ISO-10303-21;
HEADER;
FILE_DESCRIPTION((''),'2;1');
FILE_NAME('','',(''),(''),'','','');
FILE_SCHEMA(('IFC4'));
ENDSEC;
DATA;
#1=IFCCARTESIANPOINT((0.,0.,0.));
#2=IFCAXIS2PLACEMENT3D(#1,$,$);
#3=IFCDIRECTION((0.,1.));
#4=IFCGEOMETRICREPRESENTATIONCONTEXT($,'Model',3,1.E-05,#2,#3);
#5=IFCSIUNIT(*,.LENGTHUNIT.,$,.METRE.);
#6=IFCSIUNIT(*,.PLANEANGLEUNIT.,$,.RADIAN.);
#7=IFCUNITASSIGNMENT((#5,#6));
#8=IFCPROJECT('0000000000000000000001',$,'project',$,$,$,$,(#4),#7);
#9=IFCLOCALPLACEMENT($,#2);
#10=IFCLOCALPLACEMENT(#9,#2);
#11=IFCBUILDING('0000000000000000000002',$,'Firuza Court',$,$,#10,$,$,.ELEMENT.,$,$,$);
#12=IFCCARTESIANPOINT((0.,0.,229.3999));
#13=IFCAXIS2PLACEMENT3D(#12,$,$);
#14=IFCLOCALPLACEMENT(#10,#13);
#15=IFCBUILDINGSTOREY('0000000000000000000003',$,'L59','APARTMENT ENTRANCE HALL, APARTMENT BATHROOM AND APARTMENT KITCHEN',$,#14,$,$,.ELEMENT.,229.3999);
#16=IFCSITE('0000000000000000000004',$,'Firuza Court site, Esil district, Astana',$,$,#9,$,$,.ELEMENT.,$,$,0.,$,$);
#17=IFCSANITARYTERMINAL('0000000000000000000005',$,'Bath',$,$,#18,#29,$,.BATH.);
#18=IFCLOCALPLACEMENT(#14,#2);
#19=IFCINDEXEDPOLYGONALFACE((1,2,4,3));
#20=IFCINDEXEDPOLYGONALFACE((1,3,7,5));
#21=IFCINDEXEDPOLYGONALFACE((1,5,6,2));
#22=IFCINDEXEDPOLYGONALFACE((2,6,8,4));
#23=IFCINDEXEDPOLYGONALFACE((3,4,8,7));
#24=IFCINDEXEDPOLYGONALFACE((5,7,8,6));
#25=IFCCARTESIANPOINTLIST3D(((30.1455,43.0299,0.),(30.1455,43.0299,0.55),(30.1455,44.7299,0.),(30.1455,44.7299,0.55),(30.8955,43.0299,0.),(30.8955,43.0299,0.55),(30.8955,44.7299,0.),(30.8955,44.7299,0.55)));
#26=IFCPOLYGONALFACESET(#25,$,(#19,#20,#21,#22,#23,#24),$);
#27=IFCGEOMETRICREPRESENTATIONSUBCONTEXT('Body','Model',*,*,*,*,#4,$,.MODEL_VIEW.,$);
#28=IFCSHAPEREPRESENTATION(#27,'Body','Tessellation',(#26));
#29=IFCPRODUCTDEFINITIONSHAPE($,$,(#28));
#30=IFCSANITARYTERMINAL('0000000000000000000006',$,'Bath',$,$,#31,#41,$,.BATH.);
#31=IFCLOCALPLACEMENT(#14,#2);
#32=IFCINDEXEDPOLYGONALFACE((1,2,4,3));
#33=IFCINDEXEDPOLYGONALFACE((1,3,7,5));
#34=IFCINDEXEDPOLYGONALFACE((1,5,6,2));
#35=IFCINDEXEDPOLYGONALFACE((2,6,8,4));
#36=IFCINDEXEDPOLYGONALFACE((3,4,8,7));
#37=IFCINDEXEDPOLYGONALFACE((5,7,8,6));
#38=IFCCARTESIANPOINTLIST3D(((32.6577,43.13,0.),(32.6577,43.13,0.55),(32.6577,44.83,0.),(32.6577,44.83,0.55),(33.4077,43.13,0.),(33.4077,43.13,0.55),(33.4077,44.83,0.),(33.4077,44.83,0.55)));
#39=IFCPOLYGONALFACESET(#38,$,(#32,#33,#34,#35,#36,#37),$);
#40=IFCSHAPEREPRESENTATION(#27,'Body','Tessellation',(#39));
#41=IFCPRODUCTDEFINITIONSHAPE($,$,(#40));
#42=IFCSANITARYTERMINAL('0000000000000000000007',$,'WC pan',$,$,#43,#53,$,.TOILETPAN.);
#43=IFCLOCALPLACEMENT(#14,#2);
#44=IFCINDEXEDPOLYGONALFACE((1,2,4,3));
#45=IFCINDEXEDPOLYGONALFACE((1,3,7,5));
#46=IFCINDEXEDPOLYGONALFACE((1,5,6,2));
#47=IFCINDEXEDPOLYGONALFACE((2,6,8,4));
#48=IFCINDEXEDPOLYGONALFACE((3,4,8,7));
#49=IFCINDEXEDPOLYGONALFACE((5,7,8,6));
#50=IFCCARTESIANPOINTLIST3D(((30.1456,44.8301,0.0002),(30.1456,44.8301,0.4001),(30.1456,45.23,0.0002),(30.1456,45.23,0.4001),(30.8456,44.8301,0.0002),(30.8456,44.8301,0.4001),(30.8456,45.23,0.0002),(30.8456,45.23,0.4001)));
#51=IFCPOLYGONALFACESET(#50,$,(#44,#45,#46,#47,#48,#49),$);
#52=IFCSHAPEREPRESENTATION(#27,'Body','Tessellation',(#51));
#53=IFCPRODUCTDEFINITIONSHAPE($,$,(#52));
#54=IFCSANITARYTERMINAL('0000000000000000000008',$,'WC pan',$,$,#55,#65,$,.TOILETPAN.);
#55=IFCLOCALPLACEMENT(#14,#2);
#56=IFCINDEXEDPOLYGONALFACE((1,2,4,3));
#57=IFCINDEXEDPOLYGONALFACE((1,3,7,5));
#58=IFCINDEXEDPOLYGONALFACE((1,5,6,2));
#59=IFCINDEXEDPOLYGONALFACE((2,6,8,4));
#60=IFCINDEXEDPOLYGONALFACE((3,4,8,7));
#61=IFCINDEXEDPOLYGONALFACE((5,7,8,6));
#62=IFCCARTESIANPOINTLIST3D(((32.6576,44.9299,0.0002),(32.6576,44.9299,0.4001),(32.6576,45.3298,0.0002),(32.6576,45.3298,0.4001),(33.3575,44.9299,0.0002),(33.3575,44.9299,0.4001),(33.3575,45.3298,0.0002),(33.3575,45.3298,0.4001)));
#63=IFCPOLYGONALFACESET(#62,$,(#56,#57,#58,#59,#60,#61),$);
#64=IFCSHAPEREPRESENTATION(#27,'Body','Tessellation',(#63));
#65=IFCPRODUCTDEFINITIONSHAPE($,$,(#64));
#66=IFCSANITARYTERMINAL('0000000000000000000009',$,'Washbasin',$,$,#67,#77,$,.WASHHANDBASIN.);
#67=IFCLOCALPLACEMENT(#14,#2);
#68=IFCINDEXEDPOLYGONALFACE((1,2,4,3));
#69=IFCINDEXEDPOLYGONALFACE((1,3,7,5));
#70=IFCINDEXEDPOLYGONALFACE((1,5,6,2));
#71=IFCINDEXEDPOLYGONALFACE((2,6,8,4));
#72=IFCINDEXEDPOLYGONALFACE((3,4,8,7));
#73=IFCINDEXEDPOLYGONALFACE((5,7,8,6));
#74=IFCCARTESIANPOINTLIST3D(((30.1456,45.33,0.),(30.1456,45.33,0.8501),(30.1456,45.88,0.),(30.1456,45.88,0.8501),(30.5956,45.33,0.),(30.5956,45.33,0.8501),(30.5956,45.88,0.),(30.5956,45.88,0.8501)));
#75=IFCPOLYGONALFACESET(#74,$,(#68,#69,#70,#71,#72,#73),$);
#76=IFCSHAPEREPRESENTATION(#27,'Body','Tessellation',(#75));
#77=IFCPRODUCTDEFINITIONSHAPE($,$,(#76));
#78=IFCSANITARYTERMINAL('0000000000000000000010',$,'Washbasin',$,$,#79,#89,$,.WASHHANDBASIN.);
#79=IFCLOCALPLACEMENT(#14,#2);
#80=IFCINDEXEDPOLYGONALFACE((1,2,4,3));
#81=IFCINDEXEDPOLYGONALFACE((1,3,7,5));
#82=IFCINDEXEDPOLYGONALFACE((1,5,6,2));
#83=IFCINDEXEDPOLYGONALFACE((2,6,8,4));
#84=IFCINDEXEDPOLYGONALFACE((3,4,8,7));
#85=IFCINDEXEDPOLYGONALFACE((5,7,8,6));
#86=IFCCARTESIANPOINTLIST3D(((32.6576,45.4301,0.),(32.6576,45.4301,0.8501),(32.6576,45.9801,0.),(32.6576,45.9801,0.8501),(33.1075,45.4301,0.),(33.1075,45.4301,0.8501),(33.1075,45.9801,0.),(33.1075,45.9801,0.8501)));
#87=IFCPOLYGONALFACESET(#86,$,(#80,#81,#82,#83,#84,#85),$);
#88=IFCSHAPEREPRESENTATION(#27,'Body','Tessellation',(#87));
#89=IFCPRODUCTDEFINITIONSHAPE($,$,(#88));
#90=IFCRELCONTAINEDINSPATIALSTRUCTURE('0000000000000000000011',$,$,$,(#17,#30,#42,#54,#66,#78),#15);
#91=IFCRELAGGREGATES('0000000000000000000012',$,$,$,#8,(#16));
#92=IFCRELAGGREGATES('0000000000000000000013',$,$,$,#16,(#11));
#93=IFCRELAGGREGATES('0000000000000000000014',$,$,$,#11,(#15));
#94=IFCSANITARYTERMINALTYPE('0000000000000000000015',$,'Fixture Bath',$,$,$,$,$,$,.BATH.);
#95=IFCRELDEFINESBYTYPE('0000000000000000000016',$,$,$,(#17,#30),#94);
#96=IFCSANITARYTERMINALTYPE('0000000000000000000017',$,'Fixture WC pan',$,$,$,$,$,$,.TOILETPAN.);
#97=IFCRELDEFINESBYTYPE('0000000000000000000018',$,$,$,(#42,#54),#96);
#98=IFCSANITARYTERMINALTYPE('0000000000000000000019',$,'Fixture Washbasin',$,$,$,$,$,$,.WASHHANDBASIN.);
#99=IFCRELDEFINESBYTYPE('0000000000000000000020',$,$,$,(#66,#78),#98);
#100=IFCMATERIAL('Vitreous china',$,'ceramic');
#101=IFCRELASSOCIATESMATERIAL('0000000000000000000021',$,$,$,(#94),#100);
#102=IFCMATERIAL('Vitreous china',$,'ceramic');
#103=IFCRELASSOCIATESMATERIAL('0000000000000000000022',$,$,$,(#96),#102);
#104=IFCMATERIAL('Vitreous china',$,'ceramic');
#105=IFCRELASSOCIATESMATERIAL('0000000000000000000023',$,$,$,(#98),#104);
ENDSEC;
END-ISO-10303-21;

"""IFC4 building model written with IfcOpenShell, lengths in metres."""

from ifc_helpers import new_model, si_unit, direction, frame, origin, origin_2d, place, context, subcontext, project, spatial, rectangle, extrude, material, type_object, element, save


model = new_model("IFC4")

# Units and contexts
model_context = context("Model", 3, precision=1e-05, world=origin(), true_north=direction((0.0, 1.0)))
body_context = subcontext(model_context, "Body", "Model", "MODEL_VIEW")
ifc_project = project(units=[si_unit("LENGTHUNIT", "METRE"), si_unit("PLANEANGLEUNIT", "RADIAN")], contexts=[model_context])

# Site, building, storey
site_placement = place(None, origin())
site = spatial("IfcSite", under=ifc_project, at=site_placement, Name="Firuza Court site, Esil district, Astana", CompositionType="ELEMENT", RefElevation=0.0)
building_placement = place(site_placement, origin())
building = spatial("IfcBuilding", under=site, at=building_placement, Name="Firuza Court", CompositionType="ELEMENT")
storey_placement = place(building_placement, frame((0.0, 0.0, 229.3999)))
storey = spatial("IfcBuildingStorey", under=building, at=storey_placement, Name="L59", Description="APARTMENT ENTRANCE HALL, APARTMENT BATHROOM AND APARTMENT KITCHEN", CompositionType="ELEMENT", Elevation=229.3999)

# Sanitary terminals
ifc_material_1 = material(Name="Vitreous china", Category="ceramic")
sanitary_terminal_type_1 = type_object("IfcSanitaryTerminalType", Name="Fixture Bath", PredefinedType="BATH", material=ifc_material_1)
for number, where, z_axis, x_axis, name in (
    (1, (30.5205, 43.8799, 0.0), (0.0, 0.0, 1.0), (1.0, 0.0, 0.0), "Bath"),
    (2, (33.0327, 43.98, 0.0), (0.0, 0.0, 1.0), (1.0, 0.0, 0.0), "Bath"),
):
    element("IfcSanitaryTerminal", number, at=place(storey_placement, frame(where, z_axis=z_axis, x_axis=x_axis)), inside=storey, type_object=sanitary_terminal_type_1, Name=name, PredefinedType="BATH", context=body_context, shape_type="SweptSolid", body=[
        extrude(rectangle(XDim=0.75, YDim=1.7, at=origin_2d()), origin(), (0.0, 0.0, 1.0), 0.55),
    ])
ifc_material_2 = material(Name="Vitreous china", Category="ceramic")
sanitary_terminal_type_2 = type_object("IfcSanitaryTerminalType", Name="Fixture WC pan", PredefinedType="TOILETPAN", material=ifc_material_2)
for number, where, z_axis, x_axis, name in (
    (3, (30.4956, 45.03, 0.0002), (0.0, 0.0, 1.0), (1.0, 0.0, 0.0), "WC pan"),
    (4, (33.0076, 45.1299, 0.0002), (0.0, 0.0, 1.0), (1.0, 0.0, 0.0), "WC pan"),
):
    element("IfcSanitaryTerminal", number, at=place(storey_placement, frame(where, z_axis=z_axis, x_axis=x_axis)), inside=storey, type_object=sanitary_terminal_type_2, Name=name, PredefinedType="TOILETPAN", context=body_context, shape_type="SweptSolid", body=[
        extrude(rectangle(XDim=0.7, YDim=0.3999, at=origin_2d()), origin(), (0.0, 0.0, 1.0), 0.3999),
    ])
ifc_material_3 = material(Name="Vitreous china", Category="ceramic")
sanitary_terminal_type_3 = type_object("IfcSanitaryTerminalType", Name="Fixture Washbasin", PredefinedType="WASHHANDBASIN", material=ifc_material_3)
for number, where, z_axis, x_axis, name in (
    (5, (30.3706, 45.605, 0.0), (0.0, 0.0, 1.0), (1.0, 0.0, 0.0), "Washbasin"),
    (6, (32.8826, 45.7051, 0.0), (0.0, 0.0, 1.0), (1.0, 0.0, 0.0), "Washbasin"),
):
    element("IfcSanitaryTerminal", number, at=place(storey_placement, frame(where, z_axis=z_axis, x_axis=x_axis)), inside=storey, type_object=sanitary_terminal_type_3, Name=name, PredefinedType="WASHHANDBASIN", context=body_context, shape_type="SweptSolid", body=[
        extrude(rectangle(XDim=0.45, YDim=0.55, at=origin_2d()), origin(), (0.0, 0.0, 1.0), 0.8501),
    ])

save(model, "model.ifc")
